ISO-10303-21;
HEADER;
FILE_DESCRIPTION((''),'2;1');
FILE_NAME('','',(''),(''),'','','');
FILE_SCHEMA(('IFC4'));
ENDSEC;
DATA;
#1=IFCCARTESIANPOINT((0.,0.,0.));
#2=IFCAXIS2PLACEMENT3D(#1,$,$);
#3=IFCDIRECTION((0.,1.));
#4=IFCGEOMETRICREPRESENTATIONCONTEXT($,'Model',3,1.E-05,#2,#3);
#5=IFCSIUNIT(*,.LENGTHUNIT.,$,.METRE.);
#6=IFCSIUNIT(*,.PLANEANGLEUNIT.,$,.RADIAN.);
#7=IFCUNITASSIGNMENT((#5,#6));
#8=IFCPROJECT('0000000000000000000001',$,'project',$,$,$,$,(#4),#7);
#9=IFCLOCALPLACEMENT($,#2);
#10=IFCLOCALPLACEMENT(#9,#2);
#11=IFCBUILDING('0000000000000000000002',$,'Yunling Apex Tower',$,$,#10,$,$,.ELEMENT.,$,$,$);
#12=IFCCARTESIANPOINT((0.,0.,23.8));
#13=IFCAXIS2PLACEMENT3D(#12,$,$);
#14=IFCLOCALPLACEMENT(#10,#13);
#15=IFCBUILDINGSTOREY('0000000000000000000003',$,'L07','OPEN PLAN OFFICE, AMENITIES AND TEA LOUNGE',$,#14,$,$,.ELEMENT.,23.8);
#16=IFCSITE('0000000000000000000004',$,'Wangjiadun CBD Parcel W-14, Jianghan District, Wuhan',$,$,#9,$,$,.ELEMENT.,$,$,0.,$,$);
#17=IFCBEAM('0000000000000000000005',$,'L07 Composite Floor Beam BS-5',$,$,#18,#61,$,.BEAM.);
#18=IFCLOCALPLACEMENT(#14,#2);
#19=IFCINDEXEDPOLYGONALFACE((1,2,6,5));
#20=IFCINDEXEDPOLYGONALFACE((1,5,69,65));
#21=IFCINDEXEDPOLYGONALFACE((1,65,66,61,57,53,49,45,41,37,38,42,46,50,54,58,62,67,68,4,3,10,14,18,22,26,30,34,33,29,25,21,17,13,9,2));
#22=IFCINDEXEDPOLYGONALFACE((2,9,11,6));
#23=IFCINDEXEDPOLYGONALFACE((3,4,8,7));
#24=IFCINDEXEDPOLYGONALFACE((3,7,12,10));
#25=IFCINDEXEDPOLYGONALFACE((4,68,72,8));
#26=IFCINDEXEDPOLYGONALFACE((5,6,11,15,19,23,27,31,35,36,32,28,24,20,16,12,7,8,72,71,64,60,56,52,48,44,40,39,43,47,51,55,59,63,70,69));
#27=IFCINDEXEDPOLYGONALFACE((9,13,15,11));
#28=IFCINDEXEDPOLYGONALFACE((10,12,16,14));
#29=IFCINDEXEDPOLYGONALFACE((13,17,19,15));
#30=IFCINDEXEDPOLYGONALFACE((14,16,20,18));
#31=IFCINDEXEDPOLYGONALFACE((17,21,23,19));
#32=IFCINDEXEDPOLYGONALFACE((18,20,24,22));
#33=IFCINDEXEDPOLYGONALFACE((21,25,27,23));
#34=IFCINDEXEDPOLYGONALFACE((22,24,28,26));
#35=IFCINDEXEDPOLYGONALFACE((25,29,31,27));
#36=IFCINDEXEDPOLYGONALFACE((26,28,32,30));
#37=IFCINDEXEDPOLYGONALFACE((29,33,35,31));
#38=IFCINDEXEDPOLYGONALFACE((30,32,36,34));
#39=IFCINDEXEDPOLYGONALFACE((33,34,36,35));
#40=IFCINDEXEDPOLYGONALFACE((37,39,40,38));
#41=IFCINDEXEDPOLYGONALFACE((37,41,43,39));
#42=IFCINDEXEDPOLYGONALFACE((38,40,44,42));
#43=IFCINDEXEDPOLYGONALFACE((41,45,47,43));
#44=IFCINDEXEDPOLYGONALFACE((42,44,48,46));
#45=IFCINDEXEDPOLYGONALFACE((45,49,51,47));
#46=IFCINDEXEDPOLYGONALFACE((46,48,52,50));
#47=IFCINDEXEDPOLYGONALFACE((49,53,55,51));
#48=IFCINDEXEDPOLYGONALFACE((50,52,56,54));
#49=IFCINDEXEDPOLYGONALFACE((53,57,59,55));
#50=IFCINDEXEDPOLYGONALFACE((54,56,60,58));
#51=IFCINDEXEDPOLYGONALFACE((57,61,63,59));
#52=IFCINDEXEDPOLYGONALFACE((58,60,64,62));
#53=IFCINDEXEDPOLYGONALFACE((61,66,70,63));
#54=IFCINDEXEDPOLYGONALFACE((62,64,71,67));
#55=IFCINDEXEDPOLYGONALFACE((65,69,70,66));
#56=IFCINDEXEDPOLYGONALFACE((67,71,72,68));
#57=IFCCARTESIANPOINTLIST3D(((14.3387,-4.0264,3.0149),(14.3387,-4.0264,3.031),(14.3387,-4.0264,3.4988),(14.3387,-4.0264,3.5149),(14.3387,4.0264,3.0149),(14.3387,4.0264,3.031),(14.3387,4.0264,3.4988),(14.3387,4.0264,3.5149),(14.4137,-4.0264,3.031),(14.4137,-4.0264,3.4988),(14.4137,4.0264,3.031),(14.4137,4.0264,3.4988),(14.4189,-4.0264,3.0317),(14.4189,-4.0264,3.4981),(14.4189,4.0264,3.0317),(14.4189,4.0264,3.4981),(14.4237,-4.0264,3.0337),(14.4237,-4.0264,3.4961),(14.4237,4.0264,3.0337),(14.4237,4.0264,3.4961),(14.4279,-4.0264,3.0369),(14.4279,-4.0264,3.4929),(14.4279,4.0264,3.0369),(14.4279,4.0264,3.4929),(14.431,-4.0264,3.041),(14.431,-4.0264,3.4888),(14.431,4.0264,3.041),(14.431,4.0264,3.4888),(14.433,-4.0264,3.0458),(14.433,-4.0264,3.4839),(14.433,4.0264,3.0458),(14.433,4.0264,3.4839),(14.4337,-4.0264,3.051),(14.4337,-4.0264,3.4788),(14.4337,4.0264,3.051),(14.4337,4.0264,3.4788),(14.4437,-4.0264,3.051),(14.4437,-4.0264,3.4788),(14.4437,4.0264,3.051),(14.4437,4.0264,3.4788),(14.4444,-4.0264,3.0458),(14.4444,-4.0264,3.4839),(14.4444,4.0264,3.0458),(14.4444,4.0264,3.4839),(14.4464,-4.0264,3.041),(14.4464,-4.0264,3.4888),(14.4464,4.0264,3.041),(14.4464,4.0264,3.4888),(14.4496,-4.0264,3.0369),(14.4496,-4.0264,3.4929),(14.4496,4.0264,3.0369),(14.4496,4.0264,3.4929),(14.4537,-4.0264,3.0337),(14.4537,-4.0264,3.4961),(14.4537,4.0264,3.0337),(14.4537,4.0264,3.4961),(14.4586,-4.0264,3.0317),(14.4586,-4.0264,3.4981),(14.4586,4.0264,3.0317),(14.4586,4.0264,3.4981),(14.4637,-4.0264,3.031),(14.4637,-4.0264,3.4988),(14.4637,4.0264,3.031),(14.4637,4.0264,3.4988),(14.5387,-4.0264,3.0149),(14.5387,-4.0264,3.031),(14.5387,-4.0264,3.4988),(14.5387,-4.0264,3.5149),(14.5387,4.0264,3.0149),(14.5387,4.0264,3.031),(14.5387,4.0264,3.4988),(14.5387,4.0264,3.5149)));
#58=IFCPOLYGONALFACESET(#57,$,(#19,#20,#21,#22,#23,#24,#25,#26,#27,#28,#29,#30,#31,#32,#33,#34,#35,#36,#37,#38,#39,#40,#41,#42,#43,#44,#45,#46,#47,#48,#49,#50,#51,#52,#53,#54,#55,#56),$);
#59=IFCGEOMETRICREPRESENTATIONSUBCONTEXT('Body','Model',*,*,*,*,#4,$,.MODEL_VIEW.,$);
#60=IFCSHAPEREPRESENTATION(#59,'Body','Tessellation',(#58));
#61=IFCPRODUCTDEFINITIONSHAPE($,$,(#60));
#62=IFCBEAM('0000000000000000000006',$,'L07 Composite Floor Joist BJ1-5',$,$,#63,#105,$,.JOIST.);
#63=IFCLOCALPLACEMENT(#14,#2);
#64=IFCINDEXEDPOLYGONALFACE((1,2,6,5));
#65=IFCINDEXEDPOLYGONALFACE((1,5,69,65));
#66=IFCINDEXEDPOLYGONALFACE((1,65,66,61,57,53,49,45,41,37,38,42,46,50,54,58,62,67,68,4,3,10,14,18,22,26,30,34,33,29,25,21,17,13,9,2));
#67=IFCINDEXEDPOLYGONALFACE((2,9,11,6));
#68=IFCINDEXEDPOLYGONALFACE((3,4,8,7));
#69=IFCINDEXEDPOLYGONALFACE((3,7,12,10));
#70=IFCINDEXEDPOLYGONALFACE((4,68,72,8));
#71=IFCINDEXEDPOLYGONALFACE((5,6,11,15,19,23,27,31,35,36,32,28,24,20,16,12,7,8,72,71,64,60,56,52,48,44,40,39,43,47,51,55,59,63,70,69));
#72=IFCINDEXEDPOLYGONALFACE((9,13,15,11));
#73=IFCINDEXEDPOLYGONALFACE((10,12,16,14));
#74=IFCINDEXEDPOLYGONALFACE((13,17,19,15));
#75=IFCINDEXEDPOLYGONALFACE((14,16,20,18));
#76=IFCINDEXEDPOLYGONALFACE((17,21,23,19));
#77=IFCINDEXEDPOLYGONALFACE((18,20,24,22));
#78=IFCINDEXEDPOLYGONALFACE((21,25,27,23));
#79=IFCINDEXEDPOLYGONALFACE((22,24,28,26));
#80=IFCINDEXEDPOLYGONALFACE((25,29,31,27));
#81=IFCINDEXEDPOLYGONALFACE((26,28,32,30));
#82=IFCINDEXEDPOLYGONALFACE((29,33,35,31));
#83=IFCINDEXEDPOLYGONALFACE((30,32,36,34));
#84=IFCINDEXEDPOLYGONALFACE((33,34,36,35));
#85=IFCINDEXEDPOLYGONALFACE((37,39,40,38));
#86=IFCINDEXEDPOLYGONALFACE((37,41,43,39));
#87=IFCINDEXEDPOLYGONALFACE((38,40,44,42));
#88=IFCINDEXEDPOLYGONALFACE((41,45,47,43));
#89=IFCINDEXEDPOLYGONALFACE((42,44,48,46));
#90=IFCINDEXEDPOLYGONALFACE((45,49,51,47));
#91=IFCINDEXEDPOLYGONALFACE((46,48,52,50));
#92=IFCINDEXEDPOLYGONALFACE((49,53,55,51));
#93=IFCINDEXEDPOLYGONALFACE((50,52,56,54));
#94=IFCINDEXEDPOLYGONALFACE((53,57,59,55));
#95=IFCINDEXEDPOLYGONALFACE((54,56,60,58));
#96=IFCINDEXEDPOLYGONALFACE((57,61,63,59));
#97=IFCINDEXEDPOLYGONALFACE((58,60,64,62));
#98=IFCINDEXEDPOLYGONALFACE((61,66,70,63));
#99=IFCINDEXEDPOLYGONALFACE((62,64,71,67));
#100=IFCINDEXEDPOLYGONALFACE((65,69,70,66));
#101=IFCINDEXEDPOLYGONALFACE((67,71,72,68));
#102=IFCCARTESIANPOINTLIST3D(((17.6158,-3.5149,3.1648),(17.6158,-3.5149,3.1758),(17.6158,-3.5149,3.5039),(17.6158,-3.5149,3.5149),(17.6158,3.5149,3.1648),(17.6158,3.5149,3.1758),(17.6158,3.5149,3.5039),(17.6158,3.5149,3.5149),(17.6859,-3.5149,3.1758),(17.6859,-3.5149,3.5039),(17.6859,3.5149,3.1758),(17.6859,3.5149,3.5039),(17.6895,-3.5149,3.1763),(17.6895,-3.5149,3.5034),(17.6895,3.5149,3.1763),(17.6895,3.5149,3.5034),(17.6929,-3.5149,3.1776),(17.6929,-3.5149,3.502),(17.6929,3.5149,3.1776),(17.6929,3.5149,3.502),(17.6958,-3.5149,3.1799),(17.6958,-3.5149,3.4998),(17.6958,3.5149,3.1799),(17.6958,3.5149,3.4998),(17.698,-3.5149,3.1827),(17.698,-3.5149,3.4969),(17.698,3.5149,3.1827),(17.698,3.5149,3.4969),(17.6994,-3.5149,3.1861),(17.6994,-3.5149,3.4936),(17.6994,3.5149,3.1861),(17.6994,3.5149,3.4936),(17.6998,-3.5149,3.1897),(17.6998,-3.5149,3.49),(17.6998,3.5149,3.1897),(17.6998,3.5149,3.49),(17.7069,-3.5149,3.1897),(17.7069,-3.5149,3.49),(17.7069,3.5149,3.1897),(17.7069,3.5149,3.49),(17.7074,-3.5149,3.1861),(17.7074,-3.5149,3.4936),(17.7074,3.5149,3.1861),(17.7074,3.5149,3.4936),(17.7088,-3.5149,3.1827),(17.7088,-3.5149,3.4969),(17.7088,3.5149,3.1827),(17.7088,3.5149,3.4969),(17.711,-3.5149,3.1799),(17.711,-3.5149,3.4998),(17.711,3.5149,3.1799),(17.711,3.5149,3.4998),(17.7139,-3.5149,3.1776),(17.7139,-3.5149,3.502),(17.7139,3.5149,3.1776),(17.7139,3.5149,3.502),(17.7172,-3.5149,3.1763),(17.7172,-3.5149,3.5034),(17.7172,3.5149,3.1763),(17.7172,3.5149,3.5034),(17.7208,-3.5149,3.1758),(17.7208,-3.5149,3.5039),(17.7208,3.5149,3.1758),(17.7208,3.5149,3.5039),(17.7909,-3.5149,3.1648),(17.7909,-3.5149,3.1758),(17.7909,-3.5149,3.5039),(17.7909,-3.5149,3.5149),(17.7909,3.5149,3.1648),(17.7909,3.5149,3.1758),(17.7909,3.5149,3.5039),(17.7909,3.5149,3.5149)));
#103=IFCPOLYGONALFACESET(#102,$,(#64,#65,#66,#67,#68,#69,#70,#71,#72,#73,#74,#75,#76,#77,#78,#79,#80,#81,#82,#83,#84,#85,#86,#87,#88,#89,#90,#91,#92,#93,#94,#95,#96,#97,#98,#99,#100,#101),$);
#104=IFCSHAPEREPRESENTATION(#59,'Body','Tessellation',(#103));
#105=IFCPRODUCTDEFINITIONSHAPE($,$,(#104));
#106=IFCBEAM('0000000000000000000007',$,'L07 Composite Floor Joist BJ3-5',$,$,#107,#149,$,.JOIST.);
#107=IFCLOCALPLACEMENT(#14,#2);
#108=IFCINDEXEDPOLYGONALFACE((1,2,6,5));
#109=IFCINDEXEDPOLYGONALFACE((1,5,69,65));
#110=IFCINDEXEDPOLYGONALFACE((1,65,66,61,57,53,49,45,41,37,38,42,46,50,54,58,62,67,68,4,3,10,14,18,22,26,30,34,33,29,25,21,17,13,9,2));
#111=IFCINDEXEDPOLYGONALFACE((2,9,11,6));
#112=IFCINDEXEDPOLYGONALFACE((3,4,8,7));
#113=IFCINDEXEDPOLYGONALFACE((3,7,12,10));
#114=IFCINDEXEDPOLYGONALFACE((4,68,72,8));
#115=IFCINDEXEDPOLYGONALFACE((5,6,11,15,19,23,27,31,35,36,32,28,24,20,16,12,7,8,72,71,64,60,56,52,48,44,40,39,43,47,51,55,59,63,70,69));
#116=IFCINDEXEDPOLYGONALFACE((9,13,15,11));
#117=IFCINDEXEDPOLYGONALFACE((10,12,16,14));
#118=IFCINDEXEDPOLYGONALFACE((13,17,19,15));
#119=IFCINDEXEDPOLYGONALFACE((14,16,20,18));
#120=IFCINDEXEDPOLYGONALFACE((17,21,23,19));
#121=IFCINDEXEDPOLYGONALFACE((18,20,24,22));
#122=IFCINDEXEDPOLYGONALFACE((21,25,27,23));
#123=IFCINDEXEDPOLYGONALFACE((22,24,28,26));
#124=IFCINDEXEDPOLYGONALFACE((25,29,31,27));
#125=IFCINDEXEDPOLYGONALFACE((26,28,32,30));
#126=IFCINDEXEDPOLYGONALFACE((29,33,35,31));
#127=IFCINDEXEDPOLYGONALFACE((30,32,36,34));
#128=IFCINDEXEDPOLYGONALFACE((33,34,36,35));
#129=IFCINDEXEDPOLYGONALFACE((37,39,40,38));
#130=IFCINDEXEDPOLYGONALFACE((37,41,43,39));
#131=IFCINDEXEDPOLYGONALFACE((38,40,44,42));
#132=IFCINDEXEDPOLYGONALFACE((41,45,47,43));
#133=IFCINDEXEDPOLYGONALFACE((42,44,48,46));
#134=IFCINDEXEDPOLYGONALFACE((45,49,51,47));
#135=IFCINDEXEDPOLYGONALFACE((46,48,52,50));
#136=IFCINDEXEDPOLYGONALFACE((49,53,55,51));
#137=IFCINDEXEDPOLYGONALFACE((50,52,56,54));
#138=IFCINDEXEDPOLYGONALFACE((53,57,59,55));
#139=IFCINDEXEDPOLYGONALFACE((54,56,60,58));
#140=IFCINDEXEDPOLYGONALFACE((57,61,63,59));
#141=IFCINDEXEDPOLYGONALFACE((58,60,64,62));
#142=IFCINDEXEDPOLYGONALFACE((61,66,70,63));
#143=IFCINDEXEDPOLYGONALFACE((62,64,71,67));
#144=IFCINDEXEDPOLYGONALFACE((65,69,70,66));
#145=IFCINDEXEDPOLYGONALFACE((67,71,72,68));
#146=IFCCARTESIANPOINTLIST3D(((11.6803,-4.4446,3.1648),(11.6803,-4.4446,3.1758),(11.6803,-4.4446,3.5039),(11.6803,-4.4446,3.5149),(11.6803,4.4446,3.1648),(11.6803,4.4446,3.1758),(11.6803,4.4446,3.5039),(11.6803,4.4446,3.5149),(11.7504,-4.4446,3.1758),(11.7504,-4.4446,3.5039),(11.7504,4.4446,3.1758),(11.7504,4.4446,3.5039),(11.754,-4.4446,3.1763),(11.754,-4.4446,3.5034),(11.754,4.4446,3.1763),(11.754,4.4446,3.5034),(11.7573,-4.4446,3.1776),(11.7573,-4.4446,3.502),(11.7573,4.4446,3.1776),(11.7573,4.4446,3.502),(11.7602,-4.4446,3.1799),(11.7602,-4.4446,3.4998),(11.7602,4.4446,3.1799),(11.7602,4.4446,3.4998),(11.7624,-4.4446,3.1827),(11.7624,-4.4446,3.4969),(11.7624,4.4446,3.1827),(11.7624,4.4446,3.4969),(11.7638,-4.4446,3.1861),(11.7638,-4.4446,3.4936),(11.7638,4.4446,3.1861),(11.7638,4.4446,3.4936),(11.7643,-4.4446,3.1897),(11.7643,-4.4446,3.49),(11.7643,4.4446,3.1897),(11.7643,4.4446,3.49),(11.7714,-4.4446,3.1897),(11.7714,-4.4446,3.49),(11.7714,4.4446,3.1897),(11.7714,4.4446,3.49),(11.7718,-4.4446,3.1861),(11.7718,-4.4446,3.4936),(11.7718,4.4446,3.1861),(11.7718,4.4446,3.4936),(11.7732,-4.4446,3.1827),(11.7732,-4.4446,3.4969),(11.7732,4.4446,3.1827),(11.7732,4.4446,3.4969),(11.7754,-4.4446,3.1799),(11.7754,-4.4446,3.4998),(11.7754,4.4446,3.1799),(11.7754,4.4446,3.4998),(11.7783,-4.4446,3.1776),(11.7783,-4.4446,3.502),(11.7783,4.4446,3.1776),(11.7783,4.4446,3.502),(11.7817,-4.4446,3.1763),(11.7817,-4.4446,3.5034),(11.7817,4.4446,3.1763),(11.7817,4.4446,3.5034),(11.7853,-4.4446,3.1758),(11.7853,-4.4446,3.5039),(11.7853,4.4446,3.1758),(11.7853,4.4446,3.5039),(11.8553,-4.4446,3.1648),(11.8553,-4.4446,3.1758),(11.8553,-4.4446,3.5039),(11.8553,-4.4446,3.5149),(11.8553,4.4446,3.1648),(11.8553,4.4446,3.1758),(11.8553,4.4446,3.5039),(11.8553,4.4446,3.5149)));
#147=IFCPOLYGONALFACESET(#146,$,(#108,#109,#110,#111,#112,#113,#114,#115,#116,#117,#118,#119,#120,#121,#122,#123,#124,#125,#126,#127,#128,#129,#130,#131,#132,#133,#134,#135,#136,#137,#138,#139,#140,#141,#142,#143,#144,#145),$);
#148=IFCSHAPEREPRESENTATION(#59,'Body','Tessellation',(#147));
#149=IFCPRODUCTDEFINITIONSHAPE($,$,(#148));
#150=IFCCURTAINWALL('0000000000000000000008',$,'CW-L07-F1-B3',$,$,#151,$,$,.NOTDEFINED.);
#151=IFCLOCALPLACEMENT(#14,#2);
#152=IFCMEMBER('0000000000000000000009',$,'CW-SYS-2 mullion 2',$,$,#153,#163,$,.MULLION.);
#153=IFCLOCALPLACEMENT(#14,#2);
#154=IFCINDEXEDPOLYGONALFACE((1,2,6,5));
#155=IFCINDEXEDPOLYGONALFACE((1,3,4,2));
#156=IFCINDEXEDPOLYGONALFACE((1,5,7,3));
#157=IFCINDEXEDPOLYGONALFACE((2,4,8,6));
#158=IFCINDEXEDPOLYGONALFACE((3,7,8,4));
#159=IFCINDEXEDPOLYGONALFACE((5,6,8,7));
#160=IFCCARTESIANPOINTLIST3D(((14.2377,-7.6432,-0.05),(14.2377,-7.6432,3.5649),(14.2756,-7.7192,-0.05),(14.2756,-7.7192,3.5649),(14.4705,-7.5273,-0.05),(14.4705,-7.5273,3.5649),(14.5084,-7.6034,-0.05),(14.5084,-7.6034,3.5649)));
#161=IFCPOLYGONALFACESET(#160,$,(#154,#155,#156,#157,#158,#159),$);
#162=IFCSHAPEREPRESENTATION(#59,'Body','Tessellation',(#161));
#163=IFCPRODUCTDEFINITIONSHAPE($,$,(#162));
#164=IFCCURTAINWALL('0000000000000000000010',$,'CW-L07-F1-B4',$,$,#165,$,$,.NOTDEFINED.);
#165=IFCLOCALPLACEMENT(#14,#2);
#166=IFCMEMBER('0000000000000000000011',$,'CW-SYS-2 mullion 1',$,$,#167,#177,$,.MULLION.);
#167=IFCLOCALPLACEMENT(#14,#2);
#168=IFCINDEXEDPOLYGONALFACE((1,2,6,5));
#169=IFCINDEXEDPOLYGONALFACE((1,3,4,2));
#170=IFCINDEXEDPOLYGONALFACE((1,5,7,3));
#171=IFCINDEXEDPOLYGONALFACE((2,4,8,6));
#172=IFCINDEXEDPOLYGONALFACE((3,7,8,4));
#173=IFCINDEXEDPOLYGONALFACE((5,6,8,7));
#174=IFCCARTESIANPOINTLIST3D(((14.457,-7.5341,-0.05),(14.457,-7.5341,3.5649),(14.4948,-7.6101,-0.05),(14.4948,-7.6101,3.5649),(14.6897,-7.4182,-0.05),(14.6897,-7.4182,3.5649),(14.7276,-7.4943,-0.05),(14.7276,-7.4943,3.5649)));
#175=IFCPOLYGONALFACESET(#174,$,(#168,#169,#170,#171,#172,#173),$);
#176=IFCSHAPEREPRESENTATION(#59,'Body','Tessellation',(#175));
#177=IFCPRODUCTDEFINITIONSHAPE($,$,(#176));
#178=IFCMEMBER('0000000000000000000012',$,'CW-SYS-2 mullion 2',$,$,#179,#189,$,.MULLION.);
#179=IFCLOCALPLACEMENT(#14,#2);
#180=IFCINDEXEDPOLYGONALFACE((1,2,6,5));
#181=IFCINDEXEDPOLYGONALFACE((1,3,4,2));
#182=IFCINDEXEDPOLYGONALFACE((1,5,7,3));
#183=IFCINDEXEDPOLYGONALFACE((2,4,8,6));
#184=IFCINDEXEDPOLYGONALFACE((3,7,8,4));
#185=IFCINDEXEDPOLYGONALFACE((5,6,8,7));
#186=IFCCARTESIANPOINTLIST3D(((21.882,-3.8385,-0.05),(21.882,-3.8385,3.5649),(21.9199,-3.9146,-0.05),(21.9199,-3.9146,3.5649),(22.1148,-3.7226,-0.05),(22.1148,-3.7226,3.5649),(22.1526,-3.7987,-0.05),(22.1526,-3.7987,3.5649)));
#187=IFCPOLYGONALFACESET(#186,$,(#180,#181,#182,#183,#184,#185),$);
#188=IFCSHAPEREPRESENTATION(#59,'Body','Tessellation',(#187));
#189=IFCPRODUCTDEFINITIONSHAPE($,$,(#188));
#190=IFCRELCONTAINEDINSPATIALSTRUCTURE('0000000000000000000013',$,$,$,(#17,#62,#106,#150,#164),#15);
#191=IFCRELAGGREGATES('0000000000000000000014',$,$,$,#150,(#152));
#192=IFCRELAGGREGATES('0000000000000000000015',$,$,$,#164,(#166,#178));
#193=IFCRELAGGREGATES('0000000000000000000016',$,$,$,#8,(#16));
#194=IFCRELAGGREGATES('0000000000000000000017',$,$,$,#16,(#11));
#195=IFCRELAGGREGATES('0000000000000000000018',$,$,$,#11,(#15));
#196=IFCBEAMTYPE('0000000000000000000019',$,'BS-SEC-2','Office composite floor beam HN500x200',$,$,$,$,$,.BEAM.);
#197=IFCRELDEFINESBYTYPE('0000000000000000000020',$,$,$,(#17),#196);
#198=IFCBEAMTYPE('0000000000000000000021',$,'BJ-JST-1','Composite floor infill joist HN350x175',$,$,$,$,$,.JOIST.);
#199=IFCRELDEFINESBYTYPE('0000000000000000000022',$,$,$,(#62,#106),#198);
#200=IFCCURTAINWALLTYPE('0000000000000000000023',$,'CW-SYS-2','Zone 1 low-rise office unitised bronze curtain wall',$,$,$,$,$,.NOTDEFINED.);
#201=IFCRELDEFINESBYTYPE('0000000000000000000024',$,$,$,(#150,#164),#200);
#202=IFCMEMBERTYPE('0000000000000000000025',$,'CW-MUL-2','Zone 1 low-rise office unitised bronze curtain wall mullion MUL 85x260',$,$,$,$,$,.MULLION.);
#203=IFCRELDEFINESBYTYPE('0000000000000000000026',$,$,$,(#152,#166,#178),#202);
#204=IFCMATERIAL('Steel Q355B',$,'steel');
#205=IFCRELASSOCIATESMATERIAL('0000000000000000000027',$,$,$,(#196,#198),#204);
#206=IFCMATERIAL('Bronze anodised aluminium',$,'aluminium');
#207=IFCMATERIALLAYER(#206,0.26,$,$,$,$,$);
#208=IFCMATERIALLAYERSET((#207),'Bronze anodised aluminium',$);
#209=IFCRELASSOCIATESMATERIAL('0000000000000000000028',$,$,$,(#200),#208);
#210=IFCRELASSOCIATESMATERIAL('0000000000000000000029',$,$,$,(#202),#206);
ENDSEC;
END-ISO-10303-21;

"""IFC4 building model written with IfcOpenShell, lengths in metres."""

from ifc_helpers import new_model, si_unit, direction, frame, origin, origin_2d, place, context, subcontext, project, spatial, rectangle, i_section, extrude, source, transform, mapped, material, layer, layer_set, material_profile, profile_set, type_object, element, aggregate, save


model = new_model("IFC4")

# Units and contexts
model_context = context("Model", 3, precision=1e-05, world=origin(), true_north=direction((0.0, 1.0)))
body_context = subcontext(model_context, "Body", "Model", "MODEL_VIEW")
ifc_project = project(units=[si_unit("LENGTHUNIT", "METRE"), si_unit("PLANEANGLEUNIT", "RADIAN")], contexts=[model_context])

# Site, building, storey
site_placement = place(None, origin())
site = spatial("IfcSite", under=ifc_project, at=site_placement, Name="Wangjiadun CBD Parcel W-14, Jianghan District, Wuhan", CompositionType="ELEMENT", RefElevation=0.0)
building_placement = place(site_placement, origin())
building = spatial("IfcBuilding", under=site, at=building_placement, Name="Yunling Apex Tower", CompositionType="ELEMENT")
storey_placement = place(building_placement, frame((0.0, 0.0, 23.8)))
storey = spatial("IfcBuildingStorey", under=building, at=storey_placement, Name="L07", Description="OPEN PLAN OFFICE, AMENITIES AND TEA LOUNGE", CompositionType="ELEMENT", Elevation=23.8)

# Beams
ifc_material_1 = material(Name="Steel Q355B", Category="steel")
ifc_material_profile_1 = material_profile(ifc_material_1, i_section(OverallWidth=0.2, OverallDepth=0.5, WebThickness=0.01, FlangeThickness=0.0161, FilletRadius=0.02, at=origin_2d()))
ifc_profile_set_1 = profile_set([ifc_material_profile_1], Name="Steel Q355B")
beam_type_1 = type_object("IfcBeamType", Name="BS-SEC-2", Description="Office composite floor beam HN500x200", PredefinedType="BEAM", material=ifc_profile_set_1)
shared_shape_1 = source(origin(), body_context, "Body", "SweptSolid", [
    extrude(i_section(OverallWidth=0.2, OverallDepth=0.5, WebThickness=0.01, FlangeThickness=0.0161, FilletRadius=0.02, at=origin_2d()), origin(), (0.0, 0.0, 1.0), 8.0527),
])
beam_1_placement = place(storey_placement, frame((14.4387, -4.0264, 3.2649), z_axis=(0.0, 1.0, 0.0), x_axis=(-1.0, 0.0, 0.0)))
element("IfcBeam", 1, at=beam_1_placement, inside=storey, type_object=beam_type_1, Name="L07 Composite Floor Beam BS-5", PredefinedType="BEAM", context=body_context, shape_type="MappedRepresentation", body=[
    mapped(shared_shape_1, transform((0.0, 0.0, 0.0), scale=1.0)),
])
ifc_material_profile_2 = material_profile(ifc_material_1, i_section(OverallWidth=0.175, OverallDepth=0.3501, WebThickness=0.0071, FlangeThickness=0.011, FilletRadius=0.0139, at=origin_2d()))
ifc_profile_set_2 = profile_set([ifc_material_profile_2], Name="Steel Q355B")
beam_type_2 = type_object("IfcBeamType", Name="BJ-JST-1", Description="Composite floor infill joist HN350x175", PredefinedType="JOIST", material=ifc_profile_set_2)
shared_shape_2 = source(origin(), body_context, "Body", "SweptSolid", [
    extrude(i_section(OverallWidth=0.175, OverallDepth=0.3501, WebThickness=0.0071, FlangeThickness=0.011, FilletRadius=0.0139, at=origin_2d()), origin(), (0.0, 0.0, 1.0), 7.0298),
])
beam_2_placement = place(storey_placement, frame((17.7034, -3.5149, 3.3398), z_axis=(0.0, 1.0, 0.0), x_axis=(-1.0, 0.0, 0.0)))
element("IfcBeam", 2, at=beam_2_placement, inside=storey, type_object=beam_type_2, Name="L07 Composite Floor Joist BJ1-5", PredefinedType="JOIST", context=body_context, shape_type="MappedRepresentation", body=[
    mapped(shared_shape_2, transform((0.0, 0.0, 0.0), scale=1.0)),
])
shared_shape_3 = source(origin(), body_context, "Body", "SweptSolid", [
    extrude(i_section(OverallWidth=0.175, OverallDepth=0.3501, WebThickness=0.0071, FlangeThickness=0.011, FilletRadius=0.0139, at=origin_2d()), origin(), (0.0, 0.0, 1.0), 8.8892),
])
beam_3_placement = place(storey_placement, frame((11.7678, -4.4446, 3.3398), z_axis=(0.0, 1.0, 0.0), x_axis=(-1.0, 0.0, 0.0)))
element("IfcBeam", 3, at=beam_3_placement, inside=storey, type_object=beam_type_2, Name="L07 Composite Floor Joist BJ3-5", PredefinedType="JOIST", context=body_context, shape_type="MappedRepresentation", body=[
    mapped(shared_shape_3, transform((0.0, 0.0, 0.0), scale=1.0)),
])

# Curtain wall, member
ifc_material_2 = material(Name="Bronze anodised aluminium", Category="aluminium")
ifc_layer_1 = layer(ifc_material_2, 0.26)
ifc_layer_set_1 = layer_set([ifc_layer_1], Name="Bronze anodised aluminium")
curtain_wall_type = type_object("IfcCurtainWallType", Name="CW-SYS-2", Description="Zone 1 low-rise office unitised bronze curtain wall", PredefinedType="NOTDEFINED", material=ifc_layer_set_1)
curtain_wall_1_placement = place(storey_placement, origin())
curtain_wall_1 = element("IfcCurtainWall", 4, at=curtain_wall_1_placement, inside=storey, type_object=curtain_wall_type, Name="CW-L07-F1-B3", PredefinedType="NOTDEFINED")
ifc_material_profile_3 = material_profile(ifc_material_2, rectangle(XDim=0.085, YDim=0.26, at=origin_2d()))
ifc_profile_set_3 = profile_set([ifc_material_profile_3], Name="Bronze anodised aluminium")
member_type_1 = type_object("IfcMemberType", Name="CW-MUL-2", Description="Zone 1 low-rise office unitised bronze curtain wall mullion MUL 85x260", PredefinedType="MULLION", material=ifc_profile_set_3)
shared_shape_4 = source(origin(), body_context, "Body", "SweptSolid", [
    extrude(rectangle(XDim=0.085, YDim=0.26, at=origin_2d()), origin(), (0.0, 0.0, 1.0), 3.615),
])
member_1_placement = place(storey_placement, frame((14.373, -7.6233, -0.05), z_axis=(0.0, 0.0, 1.0), x_axis=(-0.445571, 0.895247, 0.0)))
member_1 = element("IfcMember", 5, at=member_1_placement, type_object=member_type_1, Name="CW-SYS-2 mullion 2", PredefinedType="MULLION", context=body_context, shape_type="MappedRepresentation", body=[
    mapped(shared_shape_4, transform((0.0, 0.0, 0.0), scale=1.0)),
])

# Curtain wall, members
curtain_wall_2_placement = place(storey_placement, origin())
curtain_wall_2 = element("IfcCurtainWall", 6, at=curtain_wall_2_placement, inside=storey, type_object=curtain_wall_type, Name="CW-L07-F1-B4", PredefinedType="NOTDEFINED")
member_2_placement = place(storey_placement, frame((14.5923, -7.5142, -0.05), z_axis=(0.0, 0.0, 1.0), x_axis=(-0.44558, 0.895242, 0.0)))
member_2 = element("IfcMember", 7, at=member_2_placement, type_object=member_type_1, Name="CW-SYS-2 mullion 1", PredefinedType="MULLION", context=body_context, shape_type="MappedRepresentation", body=[
    mapped(shared_shape_4, transform((0.0, 0.0, 0.0), scale=1.0)),
])
member_3_placement = place(storey_placement, frame((22.0173, -3.8186, -0.05), z_axis=(0.0, 0.0, 1.0), x_axis=(-0.44558, 0.895242, 0.0)))
member_3 = element("IfcMember", 8, at=member_3_placement, type_object=member_type_1, Name="CW-SYS-2 mullion 2", PredefinedType="MULLION", context=body_context, shape_type="MappedRepresentation", body=[
    mapped(shared_shape_4, transform((0.0, 0.0, 0.0), scale=1.0)),
])

aggregate(curtain_wall_1, [member_1])
aggregate(curtain_wall_2, [member_2, member_3])

save(model, "model.ifc")
